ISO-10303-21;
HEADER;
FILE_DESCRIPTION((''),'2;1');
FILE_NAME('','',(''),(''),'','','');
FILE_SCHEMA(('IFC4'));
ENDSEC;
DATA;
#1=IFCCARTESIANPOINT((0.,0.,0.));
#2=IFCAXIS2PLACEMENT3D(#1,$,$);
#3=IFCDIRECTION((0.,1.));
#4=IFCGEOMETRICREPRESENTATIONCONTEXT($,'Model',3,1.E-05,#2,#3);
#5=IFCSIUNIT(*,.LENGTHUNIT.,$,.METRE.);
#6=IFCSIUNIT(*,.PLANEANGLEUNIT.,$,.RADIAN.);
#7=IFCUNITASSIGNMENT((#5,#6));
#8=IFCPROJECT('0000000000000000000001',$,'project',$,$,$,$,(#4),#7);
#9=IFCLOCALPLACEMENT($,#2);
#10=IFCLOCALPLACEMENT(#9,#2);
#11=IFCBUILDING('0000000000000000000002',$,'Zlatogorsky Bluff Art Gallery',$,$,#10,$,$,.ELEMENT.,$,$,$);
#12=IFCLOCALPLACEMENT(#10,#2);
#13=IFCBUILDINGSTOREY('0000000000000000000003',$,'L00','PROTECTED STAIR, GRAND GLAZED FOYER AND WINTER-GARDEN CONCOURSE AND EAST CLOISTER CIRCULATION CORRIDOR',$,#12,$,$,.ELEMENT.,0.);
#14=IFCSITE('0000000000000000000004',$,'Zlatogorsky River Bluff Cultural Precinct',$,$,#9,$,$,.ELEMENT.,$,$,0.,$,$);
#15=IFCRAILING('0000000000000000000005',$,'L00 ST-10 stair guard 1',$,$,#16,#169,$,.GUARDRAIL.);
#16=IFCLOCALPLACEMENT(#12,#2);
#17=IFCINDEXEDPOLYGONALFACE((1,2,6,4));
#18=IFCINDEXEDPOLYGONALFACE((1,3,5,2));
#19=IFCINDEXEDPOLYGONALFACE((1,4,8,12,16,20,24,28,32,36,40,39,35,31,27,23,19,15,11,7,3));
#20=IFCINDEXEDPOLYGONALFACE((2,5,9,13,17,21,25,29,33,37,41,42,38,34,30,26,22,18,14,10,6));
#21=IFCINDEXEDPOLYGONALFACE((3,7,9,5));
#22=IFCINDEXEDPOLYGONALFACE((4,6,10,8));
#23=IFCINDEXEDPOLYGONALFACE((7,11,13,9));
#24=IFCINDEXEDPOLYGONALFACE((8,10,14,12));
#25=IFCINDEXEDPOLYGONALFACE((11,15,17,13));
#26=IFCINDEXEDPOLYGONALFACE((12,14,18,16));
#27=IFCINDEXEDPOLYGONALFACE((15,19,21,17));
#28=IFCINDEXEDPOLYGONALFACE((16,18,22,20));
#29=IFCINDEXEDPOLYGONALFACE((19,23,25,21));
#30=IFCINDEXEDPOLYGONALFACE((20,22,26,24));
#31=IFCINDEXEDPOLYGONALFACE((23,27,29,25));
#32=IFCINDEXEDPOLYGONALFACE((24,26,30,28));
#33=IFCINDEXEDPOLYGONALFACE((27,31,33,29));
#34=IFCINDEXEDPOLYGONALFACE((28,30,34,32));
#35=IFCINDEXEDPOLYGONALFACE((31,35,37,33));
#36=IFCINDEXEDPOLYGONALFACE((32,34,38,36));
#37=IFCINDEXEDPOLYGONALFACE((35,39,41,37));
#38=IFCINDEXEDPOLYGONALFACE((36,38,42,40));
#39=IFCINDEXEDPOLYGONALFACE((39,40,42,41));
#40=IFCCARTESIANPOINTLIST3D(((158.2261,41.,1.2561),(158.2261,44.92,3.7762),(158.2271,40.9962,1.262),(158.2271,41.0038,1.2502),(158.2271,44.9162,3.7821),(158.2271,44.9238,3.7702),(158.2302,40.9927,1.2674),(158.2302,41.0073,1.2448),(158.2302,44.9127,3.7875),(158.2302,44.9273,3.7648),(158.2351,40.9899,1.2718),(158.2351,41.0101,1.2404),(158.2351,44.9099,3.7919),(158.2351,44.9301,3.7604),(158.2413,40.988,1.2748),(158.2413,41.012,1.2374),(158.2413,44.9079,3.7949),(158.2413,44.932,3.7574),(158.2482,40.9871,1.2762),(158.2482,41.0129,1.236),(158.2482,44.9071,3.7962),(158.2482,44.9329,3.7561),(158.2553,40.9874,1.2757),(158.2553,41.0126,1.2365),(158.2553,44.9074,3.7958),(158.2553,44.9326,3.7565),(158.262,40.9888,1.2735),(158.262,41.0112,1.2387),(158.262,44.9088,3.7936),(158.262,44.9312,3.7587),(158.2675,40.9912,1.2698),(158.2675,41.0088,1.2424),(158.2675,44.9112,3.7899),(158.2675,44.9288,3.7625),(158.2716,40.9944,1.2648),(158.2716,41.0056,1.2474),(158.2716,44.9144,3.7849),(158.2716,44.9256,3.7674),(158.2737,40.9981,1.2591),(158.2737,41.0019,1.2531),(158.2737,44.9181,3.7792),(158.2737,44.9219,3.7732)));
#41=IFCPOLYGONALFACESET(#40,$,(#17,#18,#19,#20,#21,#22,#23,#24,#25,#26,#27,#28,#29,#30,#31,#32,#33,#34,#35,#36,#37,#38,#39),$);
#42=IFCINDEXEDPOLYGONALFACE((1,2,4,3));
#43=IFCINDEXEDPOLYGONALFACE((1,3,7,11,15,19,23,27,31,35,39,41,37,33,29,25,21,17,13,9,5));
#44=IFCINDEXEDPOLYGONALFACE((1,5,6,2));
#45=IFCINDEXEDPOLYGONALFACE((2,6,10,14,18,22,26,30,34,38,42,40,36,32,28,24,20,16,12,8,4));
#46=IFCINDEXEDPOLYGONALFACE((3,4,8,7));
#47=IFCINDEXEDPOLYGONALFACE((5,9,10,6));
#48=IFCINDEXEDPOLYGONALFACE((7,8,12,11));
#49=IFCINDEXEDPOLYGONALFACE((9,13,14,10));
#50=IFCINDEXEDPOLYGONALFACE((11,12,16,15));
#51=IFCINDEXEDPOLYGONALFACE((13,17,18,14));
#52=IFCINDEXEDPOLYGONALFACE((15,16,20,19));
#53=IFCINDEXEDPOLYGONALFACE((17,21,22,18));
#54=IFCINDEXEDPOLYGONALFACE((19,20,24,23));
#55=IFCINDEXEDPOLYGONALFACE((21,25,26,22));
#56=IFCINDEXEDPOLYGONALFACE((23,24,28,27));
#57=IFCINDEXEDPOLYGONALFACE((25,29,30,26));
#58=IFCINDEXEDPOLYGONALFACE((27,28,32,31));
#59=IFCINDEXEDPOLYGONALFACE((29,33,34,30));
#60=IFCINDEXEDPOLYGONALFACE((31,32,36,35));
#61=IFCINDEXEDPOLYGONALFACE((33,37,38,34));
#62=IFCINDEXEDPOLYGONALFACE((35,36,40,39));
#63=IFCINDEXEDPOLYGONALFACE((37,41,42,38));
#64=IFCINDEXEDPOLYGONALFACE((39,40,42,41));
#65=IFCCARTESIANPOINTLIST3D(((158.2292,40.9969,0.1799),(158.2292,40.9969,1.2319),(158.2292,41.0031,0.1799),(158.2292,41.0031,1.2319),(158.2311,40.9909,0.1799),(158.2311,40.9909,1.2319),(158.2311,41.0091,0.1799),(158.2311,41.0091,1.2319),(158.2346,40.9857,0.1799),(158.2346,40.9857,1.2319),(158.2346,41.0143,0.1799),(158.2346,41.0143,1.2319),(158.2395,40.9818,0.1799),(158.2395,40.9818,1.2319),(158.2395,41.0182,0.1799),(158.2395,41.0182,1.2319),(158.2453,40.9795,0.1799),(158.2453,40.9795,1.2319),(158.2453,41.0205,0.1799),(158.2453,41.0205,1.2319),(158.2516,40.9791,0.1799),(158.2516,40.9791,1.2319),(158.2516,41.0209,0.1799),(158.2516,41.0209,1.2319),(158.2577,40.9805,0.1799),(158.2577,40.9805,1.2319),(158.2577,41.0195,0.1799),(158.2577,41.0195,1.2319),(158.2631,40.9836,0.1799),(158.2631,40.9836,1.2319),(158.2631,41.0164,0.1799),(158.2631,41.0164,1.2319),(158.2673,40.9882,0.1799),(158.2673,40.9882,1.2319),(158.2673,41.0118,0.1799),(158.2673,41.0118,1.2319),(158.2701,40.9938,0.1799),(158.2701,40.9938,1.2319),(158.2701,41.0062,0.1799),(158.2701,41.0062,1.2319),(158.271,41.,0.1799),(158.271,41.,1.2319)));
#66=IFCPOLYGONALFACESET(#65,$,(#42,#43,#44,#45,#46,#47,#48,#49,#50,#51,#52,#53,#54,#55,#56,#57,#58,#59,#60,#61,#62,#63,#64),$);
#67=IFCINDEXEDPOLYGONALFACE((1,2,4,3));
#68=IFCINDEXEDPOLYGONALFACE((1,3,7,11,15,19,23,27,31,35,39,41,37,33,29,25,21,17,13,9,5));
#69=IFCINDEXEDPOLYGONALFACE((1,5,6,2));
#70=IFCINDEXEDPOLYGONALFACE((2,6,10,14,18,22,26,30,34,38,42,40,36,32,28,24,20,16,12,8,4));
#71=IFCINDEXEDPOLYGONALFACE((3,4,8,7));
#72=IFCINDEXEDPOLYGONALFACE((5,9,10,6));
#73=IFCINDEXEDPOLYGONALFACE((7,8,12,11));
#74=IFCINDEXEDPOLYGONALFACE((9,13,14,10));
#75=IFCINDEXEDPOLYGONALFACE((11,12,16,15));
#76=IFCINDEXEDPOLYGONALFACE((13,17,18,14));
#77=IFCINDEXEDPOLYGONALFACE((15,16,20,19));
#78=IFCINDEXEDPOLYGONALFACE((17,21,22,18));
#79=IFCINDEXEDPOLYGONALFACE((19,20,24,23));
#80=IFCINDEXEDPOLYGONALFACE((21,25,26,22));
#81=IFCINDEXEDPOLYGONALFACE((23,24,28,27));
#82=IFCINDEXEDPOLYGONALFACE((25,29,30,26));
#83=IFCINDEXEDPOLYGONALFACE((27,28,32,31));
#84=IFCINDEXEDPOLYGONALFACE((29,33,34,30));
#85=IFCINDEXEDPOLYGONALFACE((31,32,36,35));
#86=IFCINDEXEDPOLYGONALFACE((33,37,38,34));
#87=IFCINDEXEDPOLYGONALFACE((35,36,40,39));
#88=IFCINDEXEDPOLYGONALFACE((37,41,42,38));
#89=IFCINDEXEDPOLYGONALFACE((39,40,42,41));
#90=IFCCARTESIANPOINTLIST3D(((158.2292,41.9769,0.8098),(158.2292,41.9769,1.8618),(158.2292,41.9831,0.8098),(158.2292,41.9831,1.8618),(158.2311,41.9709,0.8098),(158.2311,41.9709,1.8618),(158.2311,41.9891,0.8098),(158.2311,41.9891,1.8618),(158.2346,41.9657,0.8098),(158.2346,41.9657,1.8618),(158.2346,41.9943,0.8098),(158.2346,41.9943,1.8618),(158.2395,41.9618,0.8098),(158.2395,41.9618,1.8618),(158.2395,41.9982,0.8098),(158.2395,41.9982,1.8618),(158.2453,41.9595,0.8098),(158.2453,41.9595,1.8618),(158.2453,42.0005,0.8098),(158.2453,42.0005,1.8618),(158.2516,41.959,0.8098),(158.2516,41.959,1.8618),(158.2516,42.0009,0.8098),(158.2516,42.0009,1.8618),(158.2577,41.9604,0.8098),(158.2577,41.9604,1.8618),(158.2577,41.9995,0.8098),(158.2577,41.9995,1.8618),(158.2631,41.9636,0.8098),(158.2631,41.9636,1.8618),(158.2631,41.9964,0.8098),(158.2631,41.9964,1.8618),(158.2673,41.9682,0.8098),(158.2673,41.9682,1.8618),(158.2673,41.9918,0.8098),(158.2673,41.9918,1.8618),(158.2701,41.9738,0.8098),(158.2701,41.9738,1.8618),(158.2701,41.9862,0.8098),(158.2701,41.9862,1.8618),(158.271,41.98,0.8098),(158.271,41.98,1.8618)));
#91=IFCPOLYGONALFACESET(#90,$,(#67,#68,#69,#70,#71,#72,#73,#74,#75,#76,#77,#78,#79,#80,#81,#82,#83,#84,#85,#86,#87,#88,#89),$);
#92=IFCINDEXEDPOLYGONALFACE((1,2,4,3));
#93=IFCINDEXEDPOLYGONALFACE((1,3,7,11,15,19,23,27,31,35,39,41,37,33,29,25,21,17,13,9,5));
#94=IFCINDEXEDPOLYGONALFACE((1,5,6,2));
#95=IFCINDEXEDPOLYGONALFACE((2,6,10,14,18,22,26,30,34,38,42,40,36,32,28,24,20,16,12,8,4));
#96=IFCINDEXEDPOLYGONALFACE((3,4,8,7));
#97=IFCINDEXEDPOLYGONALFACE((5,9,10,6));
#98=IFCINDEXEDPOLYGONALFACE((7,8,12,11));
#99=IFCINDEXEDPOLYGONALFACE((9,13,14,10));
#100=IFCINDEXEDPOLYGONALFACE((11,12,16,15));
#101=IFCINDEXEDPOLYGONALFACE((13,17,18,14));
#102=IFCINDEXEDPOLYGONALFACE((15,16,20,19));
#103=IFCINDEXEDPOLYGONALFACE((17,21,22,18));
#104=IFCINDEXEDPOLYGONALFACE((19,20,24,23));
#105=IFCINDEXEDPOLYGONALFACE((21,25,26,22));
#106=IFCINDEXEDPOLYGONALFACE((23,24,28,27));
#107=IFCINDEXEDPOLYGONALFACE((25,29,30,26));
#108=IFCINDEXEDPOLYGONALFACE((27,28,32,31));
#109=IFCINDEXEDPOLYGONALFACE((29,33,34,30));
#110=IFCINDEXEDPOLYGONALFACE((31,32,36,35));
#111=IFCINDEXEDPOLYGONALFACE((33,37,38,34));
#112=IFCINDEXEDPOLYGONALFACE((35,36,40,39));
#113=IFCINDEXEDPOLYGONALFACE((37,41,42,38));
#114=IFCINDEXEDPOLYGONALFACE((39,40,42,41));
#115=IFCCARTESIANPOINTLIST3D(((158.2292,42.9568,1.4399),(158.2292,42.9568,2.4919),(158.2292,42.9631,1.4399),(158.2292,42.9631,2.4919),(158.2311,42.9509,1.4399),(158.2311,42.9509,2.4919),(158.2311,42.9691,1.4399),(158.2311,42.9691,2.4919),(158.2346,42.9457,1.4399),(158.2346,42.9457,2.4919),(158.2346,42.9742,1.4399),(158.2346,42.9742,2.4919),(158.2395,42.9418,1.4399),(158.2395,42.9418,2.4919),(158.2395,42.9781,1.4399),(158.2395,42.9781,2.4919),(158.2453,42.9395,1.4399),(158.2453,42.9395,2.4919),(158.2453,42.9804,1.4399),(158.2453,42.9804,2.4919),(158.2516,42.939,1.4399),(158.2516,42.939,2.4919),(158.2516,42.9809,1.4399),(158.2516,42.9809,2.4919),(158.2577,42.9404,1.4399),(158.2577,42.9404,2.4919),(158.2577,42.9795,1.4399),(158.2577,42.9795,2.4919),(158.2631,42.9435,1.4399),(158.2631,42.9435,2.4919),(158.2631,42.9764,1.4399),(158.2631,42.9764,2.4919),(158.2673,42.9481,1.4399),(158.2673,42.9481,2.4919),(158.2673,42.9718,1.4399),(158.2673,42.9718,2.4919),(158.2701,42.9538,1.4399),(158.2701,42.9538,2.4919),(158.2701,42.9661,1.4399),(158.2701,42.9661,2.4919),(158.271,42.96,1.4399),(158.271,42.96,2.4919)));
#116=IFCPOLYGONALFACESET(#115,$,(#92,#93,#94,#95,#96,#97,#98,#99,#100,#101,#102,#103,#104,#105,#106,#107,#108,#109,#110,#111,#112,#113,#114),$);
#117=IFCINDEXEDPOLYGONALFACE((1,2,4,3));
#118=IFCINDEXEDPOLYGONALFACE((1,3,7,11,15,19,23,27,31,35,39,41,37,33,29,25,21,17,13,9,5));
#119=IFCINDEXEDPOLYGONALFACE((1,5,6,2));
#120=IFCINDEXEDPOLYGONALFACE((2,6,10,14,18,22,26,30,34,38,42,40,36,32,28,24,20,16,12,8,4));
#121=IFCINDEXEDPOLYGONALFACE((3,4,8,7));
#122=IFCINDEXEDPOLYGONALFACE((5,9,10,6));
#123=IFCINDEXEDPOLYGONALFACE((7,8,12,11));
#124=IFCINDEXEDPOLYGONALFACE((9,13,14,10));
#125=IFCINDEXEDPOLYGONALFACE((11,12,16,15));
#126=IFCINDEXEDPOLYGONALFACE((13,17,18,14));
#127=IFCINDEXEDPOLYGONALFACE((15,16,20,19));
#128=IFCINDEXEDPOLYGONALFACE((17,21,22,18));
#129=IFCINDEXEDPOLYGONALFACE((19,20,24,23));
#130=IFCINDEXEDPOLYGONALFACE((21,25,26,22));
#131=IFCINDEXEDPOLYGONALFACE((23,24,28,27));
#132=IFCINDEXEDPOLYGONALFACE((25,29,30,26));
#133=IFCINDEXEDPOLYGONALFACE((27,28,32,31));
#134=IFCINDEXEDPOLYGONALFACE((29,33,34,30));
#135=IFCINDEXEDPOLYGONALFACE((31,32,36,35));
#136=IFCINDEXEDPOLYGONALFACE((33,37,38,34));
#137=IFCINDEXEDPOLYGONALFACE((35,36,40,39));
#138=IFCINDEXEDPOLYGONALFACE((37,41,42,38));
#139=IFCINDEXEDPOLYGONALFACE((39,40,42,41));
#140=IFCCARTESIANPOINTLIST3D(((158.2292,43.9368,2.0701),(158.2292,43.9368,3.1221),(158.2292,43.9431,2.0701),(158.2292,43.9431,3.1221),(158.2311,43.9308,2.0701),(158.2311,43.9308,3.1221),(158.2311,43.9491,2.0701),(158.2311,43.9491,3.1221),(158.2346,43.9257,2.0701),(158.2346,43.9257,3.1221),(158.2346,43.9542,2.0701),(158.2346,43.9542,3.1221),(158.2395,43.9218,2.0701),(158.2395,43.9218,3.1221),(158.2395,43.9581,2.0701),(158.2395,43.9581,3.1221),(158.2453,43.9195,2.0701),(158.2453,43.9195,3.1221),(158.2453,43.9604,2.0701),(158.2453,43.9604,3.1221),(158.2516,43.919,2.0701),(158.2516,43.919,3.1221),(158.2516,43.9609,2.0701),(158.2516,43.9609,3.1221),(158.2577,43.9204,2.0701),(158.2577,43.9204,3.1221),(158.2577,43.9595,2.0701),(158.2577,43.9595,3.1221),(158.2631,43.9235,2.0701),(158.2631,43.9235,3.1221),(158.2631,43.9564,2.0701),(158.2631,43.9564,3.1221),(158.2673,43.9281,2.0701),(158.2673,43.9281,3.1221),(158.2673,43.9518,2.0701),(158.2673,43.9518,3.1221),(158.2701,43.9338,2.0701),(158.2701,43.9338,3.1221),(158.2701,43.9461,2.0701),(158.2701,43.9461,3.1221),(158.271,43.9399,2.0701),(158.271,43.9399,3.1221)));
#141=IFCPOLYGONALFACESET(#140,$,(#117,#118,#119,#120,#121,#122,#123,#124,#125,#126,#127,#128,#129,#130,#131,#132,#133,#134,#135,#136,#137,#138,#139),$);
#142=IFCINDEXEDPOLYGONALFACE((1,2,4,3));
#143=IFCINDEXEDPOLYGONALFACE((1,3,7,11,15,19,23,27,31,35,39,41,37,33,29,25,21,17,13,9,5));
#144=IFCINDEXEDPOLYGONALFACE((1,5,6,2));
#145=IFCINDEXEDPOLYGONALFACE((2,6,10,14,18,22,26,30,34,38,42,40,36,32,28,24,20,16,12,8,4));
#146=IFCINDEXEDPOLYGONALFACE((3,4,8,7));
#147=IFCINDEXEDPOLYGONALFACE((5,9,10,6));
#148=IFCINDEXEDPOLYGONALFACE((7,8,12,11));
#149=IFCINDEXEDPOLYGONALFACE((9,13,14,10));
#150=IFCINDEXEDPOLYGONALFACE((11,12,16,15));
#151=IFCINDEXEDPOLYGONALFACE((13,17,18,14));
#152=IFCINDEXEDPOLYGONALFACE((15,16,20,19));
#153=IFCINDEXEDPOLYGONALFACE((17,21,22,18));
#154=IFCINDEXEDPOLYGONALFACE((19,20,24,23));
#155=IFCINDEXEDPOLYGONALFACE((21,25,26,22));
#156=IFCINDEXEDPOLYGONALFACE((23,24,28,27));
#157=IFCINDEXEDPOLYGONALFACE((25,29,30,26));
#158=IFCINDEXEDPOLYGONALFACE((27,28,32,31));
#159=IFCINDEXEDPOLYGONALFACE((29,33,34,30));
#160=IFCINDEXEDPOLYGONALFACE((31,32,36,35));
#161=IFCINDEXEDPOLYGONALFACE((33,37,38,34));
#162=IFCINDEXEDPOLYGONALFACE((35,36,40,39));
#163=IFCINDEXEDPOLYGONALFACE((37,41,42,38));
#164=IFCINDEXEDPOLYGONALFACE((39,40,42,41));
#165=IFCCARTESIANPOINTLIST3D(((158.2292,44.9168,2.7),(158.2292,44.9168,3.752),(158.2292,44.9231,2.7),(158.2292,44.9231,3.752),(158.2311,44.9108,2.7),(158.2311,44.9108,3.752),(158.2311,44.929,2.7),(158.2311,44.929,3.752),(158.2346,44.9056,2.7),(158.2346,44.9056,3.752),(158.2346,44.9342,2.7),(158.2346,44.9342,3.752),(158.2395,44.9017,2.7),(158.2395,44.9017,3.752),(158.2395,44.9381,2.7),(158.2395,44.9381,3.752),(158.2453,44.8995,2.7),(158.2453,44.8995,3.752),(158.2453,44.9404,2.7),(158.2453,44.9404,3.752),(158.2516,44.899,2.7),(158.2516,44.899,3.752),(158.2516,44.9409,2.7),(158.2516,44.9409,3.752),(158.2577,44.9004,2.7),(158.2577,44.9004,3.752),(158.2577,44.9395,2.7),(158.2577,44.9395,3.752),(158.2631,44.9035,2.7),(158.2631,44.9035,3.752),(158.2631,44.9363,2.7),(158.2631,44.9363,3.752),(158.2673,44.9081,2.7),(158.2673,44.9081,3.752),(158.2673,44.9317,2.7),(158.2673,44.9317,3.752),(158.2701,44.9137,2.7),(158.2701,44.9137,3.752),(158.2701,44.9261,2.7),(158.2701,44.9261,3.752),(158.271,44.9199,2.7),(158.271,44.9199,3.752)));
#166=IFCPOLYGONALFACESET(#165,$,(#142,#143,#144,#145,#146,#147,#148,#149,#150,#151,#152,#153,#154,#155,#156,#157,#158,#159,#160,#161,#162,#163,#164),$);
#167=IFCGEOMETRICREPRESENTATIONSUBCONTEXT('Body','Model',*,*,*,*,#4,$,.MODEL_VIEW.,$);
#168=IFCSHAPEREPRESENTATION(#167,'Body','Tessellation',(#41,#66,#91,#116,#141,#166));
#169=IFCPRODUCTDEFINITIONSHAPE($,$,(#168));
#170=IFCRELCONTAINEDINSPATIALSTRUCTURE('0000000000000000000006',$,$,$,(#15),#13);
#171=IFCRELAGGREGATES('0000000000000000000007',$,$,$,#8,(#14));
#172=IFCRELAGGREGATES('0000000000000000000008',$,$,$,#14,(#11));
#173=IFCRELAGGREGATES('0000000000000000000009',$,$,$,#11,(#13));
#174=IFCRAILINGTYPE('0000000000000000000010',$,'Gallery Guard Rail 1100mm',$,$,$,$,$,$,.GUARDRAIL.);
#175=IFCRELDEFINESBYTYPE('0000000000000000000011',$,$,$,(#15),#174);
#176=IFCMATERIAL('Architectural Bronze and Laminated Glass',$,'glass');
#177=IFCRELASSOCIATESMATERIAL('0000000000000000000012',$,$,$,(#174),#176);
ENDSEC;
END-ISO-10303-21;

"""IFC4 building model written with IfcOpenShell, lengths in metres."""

from ifc_helpers import new_model, si_unit, direction, frame, origin, origin_2d, place, context, subcontext, project, spatial, circle, extrude, material, type_object, element, save


model = new_model("IFC4")

# Units and contexts
model_context = context("Model", 3, precision=1e-05, world=origin(), true_north=direction((0.0, 1.0)))
body_context = subcontext(model_context, "Body", "Model", "MODEL_VIEW")
ifc_project = project(units=[si_unit("LENGTHUNIT", "METRE"), si_unit("PLANEANGLEUNIT", "RADIAN")], contexts=[model_context])

# Site, building, storey
site_placement = place(None, origin())
site = spatial("IfcSite", under=ifc_project, at=site_placement, Name="Zlatogorsky River Bluff Cultural Precinct", CompositionType="ELEMENT", RefElevation=0.0)
building_placement = place(site_placement, origin())
building = spatial("IfcBuilding", under=site, at=building_placement, Name="Zlatogorsky Bluff Art Gallery", CompositionType="ELEMENT")
storey_placement = place(building_placement, origin())
storey = spatial("IfcBuildingStorey", under=building, at=storey_placement, Name="L00", Description="PROTECTED STAIR, GRAND GLAZED FOYER AND WINTER-GARDEN CONCOURSE AND EAST CLOISTER CIRCULATION CORRIDOR", CompositionType="ELEMENT", Elevation=0.0)

# Railing
ifc_material_1 = material(Name="Architectural Bronze and Laminated Glass", Category="glass")
railing_type_1 = type_object("IfcRailingType", Name="Gallery Guard Rail 1100mm", PredefinedType="GUARDRAIL", material=ifc_material_1)
railing_1_placement = place(storey_placement, frame((158.25, 41.0, 0.1799)))
element("IfcRailing", 1, at=railing_1_placement, inside=storey, type_object=railing_type_1, Name="L00 ST-10 stair guard 1", PredefinedType="GUARDRAIL", context=body_context, shape_type="SweptSolid", body=[
    extrude(circle(Radius=0.0239, at=origin_2d()), frame((0.0, 0.0, 1.0762), z_axis=(0.0, 0.841172, 0.540768), x_axis=(-1.0, 0.0, 0.0)), (0.0, 0.0, 1.0), 4.6602),
    extrude(circle(Radius=0.021, at=origin_2d()), origin(), (0.0, 0.0, 1.0), 1.052),
    extrude(circle(Radius=0.021, at=origin_2d()), frame((0.0, 0.98, 0.6299)), (0.0, 0.0, 1.0), 1.052),
    extrude(circle(Radius=0.021, at=origin_2d()), frame((0.0, 1.96, 1.26)), (0.0, 0.0, 1.0), 1.052),
    extrude(circle(Radius=0.021, at=origin_2d()), frame((0.0, 2.9399, 1.8901)), (0.0, 0.0, 1.0), 1.052),
    extrude(circle(Radius=0.021, at=origin_2d()), frame((0.0, 3.9199, 2.52)), (0.0, 0.0, 1.0), 1.052),
])

save(model, "model.ifc")
